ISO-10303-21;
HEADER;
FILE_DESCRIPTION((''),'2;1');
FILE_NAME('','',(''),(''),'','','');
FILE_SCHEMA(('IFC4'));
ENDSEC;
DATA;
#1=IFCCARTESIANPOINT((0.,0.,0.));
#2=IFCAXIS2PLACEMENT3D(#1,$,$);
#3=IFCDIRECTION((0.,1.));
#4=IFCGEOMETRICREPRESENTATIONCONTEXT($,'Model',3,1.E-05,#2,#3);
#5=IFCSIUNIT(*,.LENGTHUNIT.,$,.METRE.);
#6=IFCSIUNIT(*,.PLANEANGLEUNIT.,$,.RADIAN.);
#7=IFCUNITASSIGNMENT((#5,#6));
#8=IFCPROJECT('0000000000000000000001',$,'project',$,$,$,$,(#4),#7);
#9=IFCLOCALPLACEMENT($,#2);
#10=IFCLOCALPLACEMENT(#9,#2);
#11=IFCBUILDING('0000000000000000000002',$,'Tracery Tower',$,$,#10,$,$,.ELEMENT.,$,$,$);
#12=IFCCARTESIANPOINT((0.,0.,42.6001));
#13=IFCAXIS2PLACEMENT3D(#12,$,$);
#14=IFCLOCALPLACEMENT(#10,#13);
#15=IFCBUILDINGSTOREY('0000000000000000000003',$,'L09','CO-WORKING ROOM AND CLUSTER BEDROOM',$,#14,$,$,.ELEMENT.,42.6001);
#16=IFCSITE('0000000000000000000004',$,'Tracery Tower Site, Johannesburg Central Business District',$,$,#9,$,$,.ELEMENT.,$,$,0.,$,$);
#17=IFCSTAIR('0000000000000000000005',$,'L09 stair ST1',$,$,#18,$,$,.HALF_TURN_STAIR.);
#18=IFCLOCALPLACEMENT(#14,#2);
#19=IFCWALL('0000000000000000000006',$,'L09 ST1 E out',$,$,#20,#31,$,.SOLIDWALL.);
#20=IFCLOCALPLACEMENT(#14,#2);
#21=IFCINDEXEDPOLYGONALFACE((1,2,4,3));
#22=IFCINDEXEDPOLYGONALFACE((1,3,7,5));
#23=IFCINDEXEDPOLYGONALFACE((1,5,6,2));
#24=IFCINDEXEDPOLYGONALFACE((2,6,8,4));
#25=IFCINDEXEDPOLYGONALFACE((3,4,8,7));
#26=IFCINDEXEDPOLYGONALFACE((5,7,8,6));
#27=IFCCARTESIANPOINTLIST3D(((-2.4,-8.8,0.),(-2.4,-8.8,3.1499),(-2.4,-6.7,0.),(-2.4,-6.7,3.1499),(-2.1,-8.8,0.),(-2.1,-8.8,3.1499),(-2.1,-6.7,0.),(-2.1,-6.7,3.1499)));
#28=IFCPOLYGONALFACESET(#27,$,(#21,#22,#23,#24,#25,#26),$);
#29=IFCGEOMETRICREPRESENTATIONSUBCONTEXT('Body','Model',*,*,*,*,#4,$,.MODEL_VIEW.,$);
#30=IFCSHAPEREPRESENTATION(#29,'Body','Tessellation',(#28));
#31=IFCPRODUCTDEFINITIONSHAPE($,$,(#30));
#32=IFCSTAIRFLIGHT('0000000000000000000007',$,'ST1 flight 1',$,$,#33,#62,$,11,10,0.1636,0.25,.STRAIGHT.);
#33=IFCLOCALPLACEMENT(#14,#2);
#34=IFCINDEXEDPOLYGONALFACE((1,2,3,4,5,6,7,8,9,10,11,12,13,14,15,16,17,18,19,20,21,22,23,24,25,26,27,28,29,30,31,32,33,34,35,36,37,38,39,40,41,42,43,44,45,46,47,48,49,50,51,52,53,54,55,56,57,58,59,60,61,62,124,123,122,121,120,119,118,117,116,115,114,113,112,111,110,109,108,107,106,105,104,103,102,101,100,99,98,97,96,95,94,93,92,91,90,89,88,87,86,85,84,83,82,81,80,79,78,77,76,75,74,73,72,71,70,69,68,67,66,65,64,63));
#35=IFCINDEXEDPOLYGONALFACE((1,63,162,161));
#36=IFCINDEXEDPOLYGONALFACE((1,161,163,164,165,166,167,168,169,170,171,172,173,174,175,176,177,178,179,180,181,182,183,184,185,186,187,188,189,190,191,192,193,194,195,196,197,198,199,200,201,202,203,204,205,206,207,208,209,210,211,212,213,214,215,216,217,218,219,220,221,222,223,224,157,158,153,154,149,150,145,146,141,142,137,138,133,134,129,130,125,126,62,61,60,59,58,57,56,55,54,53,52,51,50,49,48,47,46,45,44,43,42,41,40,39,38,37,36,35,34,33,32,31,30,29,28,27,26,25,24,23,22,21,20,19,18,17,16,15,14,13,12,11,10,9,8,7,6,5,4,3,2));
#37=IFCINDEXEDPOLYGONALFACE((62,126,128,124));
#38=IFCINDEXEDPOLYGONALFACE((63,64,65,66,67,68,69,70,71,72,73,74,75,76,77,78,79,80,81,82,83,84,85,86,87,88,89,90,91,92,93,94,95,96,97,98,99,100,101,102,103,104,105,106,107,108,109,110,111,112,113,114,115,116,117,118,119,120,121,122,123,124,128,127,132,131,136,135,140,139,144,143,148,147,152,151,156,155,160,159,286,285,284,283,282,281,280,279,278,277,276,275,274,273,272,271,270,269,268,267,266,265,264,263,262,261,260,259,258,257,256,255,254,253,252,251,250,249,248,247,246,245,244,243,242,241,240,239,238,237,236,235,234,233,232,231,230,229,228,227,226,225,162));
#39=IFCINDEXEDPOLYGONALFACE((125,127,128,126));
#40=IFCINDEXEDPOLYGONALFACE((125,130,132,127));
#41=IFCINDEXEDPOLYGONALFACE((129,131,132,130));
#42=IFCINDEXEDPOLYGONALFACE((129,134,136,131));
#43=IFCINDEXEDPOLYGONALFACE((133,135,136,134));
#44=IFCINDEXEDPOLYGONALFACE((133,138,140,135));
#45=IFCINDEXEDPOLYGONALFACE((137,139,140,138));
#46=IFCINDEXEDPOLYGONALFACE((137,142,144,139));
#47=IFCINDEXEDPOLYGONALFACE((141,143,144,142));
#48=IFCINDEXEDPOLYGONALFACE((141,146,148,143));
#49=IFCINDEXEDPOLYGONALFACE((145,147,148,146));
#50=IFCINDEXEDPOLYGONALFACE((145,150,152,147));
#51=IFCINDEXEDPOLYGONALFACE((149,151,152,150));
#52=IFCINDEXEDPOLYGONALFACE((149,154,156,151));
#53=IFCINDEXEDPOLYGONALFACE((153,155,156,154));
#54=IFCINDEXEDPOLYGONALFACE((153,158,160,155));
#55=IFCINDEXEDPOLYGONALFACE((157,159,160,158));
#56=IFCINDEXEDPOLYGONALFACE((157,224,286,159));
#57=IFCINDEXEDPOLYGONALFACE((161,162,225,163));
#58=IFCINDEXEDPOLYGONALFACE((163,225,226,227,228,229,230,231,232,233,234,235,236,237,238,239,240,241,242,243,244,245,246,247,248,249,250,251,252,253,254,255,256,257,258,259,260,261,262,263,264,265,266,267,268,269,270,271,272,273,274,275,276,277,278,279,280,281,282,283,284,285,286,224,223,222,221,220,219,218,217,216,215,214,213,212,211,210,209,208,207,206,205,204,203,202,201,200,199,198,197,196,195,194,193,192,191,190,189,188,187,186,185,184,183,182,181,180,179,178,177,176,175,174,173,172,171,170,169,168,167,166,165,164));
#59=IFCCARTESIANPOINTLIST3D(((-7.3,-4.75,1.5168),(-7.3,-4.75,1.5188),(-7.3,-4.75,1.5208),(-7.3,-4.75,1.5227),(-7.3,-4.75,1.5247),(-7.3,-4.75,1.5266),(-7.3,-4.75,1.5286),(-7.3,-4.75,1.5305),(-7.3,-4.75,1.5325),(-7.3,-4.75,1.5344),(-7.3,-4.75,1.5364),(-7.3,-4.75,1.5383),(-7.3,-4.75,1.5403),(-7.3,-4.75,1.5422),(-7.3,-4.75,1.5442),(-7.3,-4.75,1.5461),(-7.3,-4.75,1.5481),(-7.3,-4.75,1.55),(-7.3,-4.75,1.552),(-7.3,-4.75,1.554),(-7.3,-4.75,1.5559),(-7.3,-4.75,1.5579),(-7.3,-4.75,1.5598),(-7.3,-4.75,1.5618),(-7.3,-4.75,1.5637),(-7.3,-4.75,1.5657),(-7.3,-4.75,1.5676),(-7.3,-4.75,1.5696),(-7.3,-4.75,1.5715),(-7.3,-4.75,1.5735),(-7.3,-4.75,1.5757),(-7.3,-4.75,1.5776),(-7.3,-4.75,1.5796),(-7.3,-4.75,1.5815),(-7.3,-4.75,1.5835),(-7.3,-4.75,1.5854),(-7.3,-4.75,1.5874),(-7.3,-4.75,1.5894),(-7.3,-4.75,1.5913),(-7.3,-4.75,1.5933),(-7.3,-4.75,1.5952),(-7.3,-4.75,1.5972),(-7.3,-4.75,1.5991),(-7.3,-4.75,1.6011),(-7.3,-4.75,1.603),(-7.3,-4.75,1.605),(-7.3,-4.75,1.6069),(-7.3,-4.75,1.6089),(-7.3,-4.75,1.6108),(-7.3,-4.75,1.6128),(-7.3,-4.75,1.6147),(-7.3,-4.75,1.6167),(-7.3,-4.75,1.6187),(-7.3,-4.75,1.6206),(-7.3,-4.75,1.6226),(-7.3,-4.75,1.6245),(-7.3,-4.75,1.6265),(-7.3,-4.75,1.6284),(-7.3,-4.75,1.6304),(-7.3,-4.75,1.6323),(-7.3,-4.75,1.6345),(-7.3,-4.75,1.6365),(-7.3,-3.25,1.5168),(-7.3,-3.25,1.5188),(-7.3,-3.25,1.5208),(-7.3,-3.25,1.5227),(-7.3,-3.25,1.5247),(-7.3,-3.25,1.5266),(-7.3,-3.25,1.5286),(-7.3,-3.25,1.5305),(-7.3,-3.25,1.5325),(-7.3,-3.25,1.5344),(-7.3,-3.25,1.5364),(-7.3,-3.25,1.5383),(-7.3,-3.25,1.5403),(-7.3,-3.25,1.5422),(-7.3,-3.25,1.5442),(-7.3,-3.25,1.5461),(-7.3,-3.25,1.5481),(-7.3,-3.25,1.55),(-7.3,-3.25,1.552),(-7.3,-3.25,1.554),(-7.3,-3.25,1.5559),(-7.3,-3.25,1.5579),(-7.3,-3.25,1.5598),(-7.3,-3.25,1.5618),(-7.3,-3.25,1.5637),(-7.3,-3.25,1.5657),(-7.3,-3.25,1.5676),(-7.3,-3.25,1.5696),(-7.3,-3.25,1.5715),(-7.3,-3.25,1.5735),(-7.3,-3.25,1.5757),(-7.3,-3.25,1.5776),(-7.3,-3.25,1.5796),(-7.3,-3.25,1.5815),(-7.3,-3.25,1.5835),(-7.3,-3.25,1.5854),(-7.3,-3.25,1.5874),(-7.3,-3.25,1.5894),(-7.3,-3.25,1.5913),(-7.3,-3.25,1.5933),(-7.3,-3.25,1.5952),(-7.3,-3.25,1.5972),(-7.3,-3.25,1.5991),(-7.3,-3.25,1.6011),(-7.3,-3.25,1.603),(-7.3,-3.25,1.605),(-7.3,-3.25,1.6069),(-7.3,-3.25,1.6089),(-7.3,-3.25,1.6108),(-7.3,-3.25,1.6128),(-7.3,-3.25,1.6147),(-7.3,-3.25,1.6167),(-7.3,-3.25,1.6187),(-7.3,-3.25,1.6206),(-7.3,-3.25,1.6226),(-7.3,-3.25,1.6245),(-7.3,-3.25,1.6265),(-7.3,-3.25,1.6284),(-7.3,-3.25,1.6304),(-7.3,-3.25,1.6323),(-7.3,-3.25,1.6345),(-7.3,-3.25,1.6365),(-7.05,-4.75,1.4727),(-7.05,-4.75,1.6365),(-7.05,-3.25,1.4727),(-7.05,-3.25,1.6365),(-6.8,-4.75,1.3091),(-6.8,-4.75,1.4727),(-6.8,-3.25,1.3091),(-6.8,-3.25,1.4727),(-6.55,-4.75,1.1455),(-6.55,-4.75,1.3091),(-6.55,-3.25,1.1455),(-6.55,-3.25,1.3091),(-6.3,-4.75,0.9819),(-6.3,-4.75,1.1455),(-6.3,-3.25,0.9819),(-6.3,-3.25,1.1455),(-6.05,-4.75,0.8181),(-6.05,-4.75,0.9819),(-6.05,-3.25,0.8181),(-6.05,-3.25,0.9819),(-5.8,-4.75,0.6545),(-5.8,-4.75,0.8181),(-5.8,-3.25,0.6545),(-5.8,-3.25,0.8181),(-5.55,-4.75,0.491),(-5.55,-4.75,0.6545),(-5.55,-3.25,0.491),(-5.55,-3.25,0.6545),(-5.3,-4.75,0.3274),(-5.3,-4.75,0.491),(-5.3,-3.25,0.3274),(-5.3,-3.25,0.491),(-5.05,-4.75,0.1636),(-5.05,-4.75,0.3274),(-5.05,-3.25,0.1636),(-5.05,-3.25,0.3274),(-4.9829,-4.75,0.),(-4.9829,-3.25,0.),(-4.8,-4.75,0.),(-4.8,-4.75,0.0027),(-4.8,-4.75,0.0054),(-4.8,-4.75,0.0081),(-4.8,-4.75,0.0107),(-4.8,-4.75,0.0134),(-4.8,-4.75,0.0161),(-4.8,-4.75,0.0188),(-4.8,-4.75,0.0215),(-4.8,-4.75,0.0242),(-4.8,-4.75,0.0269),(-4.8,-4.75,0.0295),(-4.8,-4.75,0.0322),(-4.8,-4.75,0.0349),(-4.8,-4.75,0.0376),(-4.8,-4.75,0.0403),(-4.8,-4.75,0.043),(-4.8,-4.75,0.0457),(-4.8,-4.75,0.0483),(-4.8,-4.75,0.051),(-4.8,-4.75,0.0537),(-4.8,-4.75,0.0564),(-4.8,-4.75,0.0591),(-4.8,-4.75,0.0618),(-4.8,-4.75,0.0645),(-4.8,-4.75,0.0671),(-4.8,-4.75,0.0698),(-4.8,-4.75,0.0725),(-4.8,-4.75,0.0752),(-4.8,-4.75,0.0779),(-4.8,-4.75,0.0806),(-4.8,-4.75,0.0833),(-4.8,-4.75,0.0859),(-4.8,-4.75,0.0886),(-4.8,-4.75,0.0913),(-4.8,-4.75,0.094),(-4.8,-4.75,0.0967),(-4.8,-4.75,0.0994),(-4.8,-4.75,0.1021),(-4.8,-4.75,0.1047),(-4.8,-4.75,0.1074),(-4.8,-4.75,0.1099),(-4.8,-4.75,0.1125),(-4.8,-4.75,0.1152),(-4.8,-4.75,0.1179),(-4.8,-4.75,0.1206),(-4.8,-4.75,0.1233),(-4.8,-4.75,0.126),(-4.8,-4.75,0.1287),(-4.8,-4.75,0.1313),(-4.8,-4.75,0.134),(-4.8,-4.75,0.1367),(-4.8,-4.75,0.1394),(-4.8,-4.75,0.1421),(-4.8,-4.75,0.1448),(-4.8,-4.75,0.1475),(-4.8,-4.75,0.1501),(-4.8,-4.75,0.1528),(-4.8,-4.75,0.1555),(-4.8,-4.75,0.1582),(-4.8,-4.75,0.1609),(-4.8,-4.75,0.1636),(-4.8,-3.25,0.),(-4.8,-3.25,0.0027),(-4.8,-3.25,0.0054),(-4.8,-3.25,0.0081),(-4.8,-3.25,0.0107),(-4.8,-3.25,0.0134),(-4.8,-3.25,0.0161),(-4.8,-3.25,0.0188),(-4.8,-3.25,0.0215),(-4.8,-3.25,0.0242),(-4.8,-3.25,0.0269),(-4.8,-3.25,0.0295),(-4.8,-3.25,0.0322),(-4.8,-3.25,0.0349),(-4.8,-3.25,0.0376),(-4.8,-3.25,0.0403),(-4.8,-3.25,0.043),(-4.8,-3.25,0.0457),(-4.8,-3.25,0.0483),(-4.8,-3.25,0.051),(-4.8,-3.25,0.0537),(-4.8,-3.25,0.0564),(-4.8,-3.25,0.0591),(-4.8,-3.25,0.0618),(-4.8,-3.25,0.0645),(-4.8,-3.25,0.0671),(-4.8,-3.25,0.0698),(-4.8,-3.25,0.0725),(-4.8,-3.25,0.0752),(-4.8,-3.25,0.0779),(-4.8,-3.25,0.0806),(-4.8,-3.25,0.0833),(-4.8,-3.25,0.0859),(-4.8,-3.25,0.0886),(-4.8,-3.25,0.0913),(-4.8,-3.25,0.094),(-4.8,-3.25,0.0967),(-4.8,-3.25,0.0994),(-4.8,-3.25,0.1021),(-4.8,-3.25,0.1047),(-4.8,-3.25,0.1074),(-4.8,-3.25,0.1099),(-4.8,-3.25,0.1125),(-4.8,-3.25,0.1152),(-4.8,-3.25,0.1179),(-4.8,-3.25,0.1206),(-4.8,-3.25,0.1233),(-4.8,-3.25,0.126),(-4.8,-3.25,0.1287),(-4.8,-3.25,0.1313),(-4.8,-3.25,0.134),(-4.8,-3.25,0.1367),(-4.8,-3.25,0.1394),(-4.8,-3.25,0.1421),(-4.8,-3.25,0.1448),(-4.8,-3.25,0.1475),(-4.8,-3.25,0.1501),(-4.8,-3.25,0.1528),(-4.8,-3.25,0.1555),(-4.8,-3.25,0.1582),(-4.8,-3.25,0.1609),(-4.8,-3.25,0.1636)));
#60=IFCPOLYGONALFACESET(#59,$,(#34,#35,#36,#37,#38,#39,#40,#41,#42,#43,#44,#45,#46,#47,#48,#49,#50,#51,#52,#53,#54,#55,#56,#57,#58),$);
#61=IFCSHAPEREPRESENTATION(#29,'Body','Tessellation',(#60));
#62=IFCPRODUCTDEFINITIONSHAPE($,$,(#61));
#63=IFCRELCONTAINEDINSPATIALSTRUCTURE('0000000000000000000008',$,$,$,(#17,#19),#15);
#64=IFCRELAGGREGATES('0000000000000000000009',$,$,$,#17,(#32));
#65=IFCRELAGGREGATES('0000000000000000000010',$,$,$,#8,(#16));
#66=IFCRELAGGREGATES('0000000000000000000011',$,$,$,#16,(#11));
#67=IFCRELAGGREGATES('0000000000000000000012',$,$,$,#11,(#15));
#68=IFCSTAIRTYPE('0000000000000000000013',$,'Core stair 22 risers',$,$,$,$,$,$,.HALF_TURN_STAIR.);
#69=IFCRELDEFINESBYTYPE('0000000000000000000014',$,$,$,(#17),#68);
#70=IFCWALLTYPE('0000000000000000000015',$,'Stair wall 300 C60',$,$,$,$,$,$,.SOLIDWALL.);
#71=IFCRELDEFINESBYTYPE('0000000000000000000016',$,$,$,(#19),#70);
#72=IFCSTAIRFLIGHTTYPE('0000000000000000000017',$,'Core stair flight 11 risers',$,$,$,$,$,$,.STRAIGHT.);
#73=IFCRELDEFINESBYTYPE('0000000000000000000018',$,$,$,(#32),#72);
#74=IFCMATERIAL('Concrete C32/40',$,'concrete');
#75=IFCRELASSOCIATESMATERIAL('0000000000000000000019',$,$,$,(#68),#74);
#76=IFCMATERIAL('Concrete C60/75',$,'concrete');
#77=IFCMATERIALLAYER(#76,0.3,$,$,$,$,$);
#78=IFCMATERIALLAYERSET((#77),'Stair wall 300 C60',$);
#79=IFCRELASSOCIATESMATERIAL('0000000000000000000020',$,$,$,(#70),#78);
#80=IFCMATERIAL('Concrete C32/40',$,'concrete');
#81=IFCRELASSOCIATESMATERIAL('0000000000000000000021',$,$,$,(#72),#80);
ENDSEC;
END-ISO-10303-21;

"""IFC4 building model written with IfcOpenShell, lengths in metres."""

from ifc_helpers import new_model, si_unit, direction, frame, frame_2d, origin, place, context, subcontext, project, spatial, polyline, rectangle, outline, extrude, material, layer, layer_set, type_object, element, aggregate, save


model = new_model("IFC4")

# Units and contexts
model_context = context("Model", 3, precision=1e-05, world=origin(), true_north=direction((0.0, 1.0)))
body_context = subcontext(model_context, "Body", "Model", "MODEL_VIEW")
ifc_project = project(units=[si_unit("LENGTHUNIT", "METRE"), si_unit("PLANEANGLEUNIT", "RADIAN")], contexts=[model_context])

# Site, building, storey
site_placement = place(None, origin())
site = spatial("IfcSite", under=ifc_project, at=site_placement, Name="Tracery Tower Site, Johannesburg Central Business District", CompositionType="ELEMENT", RefElevation=0.0)
building_placement = place(site_placement, origin())
building = spatial("IfcBuilding", under=site, at=building_placement, Name="Tracery Tower", CompositionType="ELEMENT")
storey_placement = place(building_placement, frame((0.0, 0.0, 42.6001)))
storey = spatial("IfcBuildingStorey", under=building, at=storey_placement, Name="L09", Description="CO-WORKING ROOM AND CLUSTER BEDROOM", CompositionType="ELEMENT", Elevation=42.6001)

# Stair
ifc_material_1 = material(Name="Concrete C32/40", Category="concrete")
stair_type = type_object("IfcStairType", Name="Core stair 22 risers", PredefinedType="HALF_TURN_STAIR", material=ifc_material_1)
stair_1_placement = place(storey_placement, origin())
stair_1 = element("IfcStair", 1, at=stair_1_placement, inside=storey, type_object=stair_type, Name="L09 stair ST1", PredefinedType="HALF_TURN_STAIR")

# Shared definitions
ifc_material_2 = material(Name="Concrete C60/75", Category="concrete")
ifc_layer_1 = layer(ifc_material_2, 0.3)
ifc_layer_set_1 = layer_set([ifc_layer_1], Name="Stair wall 300 C60")
wall_type_1 = type_object("IfcWallType", Name="Stair wall 300 C60", PredefinedType="SOLIDWALL", material=ifc_layer_set_1)

# Wall
wall_1_placement = place(storey_placement, frame((-2.25, -8.8, 0.0), z_axis=(0.0, 0.0, 1.0), x_axis=(0.0, 1.0, 0.0)))
element("IfcWall", 2, at=wall_1_placement, inside=storey, type_object=wall_type_1, Name="L09 ST1 E out", PredefinedType="SOLIDWALL", context=body_context, shape_type="SweptSolid", body=[
    extrude(rectangle(XDim=2.1001, YDim=0.3, at=frame_2d((1.05, 0.0))), origin(), (0.0, 0.0, 1.0), 3.1499),
])

# Stair flight
ifc_material_3 = material(Name="Concrete C32/40", Category="concrete")
stair_flight_type = type_object("IfcStairFlightType", Name="Core stair flight 11 risers", PredefinedType="STRAIGHT", material=ifc_material_3)
stair_flight_1_placement = place(storey_placement, frame((-4.8, -4.0, 0.0), z_axis=(0.0, 0.0, 1.0), x_axis=(-1.0, 0.0, 0.0)))
stair_flight_1 = element("IfcStairFlight", 3, at=stair_flight_1_placement, type_object=stair_flight_type, Name="ST1 flight 1", NumberOfRisers=11, NumberOfTreads=10, PredefinedType="STRAIGHT", RiserHeight=0.1636, TreadLength=0.25, context=body_context, shape_type="SweptSolid", body=[
    extrude(outline(polyline([(0.0, 0.0), (0.0, 0.0027), (0.0, 0.0054), (0.0, 0.0081), (0.0, 0.0107), (0.0, 0.0134), (0.0, 0.0161), (0.0, 0.0188), (0.0, 0.0215), (0.0, 0.0242), (0.0, 0.0269), (0.0, 0.0295), (0.0, 0.0322), (0.0, 0.0349), (0.0, 0.0376), (0.0, 0.0403), (0.0, 0.043), (0.0, 0.0457), (0.0, 0.0483), (0.0, 0.051), (0.0, 0.0537), (0.0, 0.0564), (0.0, 0.0591), (0.0, 0.0618), (0.0, 0.0645), (0.0, 0.0671), (0.0, 0.0698), (0.0, 0.0725), (0.0, 0.0752), (0.0, 0.0779), (0.0, 0.0806), (0.0, 0.0833), (0.0, 0.0859), (0.0, 0.0886), (0.0, 0.0913), (0.0, 0.094), (0.0, 0.0967), (0.0, 0.0994), (0.0, 0.1021), (0.0, 0.1047), (0.0, 0.1074), (0.0, 0.1099), (0.0, 0.1125), (0.0, 0.1152), (0.0, 0.1179), (0.0, 0.1206), (0.0, 0.1233), (0.0, 0.126), (0.0, 0.1287), (0.0, 0.1313), (0.0, 0.134), (0.0, 0.1367), (0.0, 0.1394), (0.0, 0.1421), (0.0, 0.1448), (0.0, 0.1475), (0.0, 0.1501), (0.0, 0.1528), (0.0, 0.1555), (0.0, 0.1582), (0.0, 0.1609), (0.0, 0.1636), (0.25, 0.1636), (0.25, 0.3274), (0.5, 0.3274), (0.5, 0.491), (0.75, 0.491), (0.75, 0.6545), (1.0, 0.6545), (1.0, 0.8181), (1.25, 0.8181), (1.25, 0.9819), (1.5, 0.9819), (1.5, 1.1455), (1.75, 1.1455), (1.75, 1.3091), (2.0, 1.3091), (2.0, 1.4727), (2.25, 1.4727), (2.25, 1.6365), (2.5, 1.6365), (2.5, 1.6345), (2.5, 1.6323), (2.5, 1.6304), (2.5, 1.6284), (2.5, 1.6265), (2.5, 1.6245), (2.5, 1.6226), (2.5, 1.6206), (2.5, 1.6187), (2.5, 1.6167), (2.5, 1.6147), (2.5, 1.6128), (2.5, 1.6108), (2.5, 1.6089), (2.5, 1.6069), (2.5, 1.605), (2.5, 1.603), (2.5, 1.6011), (2.5, 1.5991), (2.5, 1.5972), (2.5, 1.5952), (2.5, 1.5933), (2.5, 1.5913), (2.5, 1.5894), (2.5, 1.5874), (2.5, 1.5854), (2.5, 1.5835), (2.5, 1.5815), (2.5, 1.5796), (2.5, 1.5776), (2.5, 1.5757), (2.5, 1.5735), (2.5, 1.5715), (2.5, 1.5696), (2.5, 1.5676), (2.5, 1.5657), (2.5, 1.5637), (2.5, 1.5618), (2.5, 1.5598), (2.5, 1.5579), (2.5, 1.5559), (2.5, 1.554), (2.5, 1.552), (2.5, 1.55), (2.5, 1.5481), (2.5, 1.5461), (2.5, 1.5442), (2.5, 1.5422), (2.5, 1.5403), (2.5, 1.5383), (2.5, 1.5364), (2.5, 1.5344), (2.5, 1.5325), (2.5, 1.5305), (2.5, 1.5286), (2.5, 1.5266), (2.5, 1.5247), (2.5, 1.5227), (2.5, 1.5208), (2.5, 1.5188), (2.5, 1.5168), (0.1829, 0.0), (0.0, 0.0)])), frame((0.0, 0.75, 0.0), z_axis=(0.0, -1.0, 0.0), x_axis=(1.0, 0.0, 0.0)), (0.0, 0.0, 1.0), 1.5),
])
aggregate(stair_1, [stair_flight_1])

save(model, "model.ifc")
